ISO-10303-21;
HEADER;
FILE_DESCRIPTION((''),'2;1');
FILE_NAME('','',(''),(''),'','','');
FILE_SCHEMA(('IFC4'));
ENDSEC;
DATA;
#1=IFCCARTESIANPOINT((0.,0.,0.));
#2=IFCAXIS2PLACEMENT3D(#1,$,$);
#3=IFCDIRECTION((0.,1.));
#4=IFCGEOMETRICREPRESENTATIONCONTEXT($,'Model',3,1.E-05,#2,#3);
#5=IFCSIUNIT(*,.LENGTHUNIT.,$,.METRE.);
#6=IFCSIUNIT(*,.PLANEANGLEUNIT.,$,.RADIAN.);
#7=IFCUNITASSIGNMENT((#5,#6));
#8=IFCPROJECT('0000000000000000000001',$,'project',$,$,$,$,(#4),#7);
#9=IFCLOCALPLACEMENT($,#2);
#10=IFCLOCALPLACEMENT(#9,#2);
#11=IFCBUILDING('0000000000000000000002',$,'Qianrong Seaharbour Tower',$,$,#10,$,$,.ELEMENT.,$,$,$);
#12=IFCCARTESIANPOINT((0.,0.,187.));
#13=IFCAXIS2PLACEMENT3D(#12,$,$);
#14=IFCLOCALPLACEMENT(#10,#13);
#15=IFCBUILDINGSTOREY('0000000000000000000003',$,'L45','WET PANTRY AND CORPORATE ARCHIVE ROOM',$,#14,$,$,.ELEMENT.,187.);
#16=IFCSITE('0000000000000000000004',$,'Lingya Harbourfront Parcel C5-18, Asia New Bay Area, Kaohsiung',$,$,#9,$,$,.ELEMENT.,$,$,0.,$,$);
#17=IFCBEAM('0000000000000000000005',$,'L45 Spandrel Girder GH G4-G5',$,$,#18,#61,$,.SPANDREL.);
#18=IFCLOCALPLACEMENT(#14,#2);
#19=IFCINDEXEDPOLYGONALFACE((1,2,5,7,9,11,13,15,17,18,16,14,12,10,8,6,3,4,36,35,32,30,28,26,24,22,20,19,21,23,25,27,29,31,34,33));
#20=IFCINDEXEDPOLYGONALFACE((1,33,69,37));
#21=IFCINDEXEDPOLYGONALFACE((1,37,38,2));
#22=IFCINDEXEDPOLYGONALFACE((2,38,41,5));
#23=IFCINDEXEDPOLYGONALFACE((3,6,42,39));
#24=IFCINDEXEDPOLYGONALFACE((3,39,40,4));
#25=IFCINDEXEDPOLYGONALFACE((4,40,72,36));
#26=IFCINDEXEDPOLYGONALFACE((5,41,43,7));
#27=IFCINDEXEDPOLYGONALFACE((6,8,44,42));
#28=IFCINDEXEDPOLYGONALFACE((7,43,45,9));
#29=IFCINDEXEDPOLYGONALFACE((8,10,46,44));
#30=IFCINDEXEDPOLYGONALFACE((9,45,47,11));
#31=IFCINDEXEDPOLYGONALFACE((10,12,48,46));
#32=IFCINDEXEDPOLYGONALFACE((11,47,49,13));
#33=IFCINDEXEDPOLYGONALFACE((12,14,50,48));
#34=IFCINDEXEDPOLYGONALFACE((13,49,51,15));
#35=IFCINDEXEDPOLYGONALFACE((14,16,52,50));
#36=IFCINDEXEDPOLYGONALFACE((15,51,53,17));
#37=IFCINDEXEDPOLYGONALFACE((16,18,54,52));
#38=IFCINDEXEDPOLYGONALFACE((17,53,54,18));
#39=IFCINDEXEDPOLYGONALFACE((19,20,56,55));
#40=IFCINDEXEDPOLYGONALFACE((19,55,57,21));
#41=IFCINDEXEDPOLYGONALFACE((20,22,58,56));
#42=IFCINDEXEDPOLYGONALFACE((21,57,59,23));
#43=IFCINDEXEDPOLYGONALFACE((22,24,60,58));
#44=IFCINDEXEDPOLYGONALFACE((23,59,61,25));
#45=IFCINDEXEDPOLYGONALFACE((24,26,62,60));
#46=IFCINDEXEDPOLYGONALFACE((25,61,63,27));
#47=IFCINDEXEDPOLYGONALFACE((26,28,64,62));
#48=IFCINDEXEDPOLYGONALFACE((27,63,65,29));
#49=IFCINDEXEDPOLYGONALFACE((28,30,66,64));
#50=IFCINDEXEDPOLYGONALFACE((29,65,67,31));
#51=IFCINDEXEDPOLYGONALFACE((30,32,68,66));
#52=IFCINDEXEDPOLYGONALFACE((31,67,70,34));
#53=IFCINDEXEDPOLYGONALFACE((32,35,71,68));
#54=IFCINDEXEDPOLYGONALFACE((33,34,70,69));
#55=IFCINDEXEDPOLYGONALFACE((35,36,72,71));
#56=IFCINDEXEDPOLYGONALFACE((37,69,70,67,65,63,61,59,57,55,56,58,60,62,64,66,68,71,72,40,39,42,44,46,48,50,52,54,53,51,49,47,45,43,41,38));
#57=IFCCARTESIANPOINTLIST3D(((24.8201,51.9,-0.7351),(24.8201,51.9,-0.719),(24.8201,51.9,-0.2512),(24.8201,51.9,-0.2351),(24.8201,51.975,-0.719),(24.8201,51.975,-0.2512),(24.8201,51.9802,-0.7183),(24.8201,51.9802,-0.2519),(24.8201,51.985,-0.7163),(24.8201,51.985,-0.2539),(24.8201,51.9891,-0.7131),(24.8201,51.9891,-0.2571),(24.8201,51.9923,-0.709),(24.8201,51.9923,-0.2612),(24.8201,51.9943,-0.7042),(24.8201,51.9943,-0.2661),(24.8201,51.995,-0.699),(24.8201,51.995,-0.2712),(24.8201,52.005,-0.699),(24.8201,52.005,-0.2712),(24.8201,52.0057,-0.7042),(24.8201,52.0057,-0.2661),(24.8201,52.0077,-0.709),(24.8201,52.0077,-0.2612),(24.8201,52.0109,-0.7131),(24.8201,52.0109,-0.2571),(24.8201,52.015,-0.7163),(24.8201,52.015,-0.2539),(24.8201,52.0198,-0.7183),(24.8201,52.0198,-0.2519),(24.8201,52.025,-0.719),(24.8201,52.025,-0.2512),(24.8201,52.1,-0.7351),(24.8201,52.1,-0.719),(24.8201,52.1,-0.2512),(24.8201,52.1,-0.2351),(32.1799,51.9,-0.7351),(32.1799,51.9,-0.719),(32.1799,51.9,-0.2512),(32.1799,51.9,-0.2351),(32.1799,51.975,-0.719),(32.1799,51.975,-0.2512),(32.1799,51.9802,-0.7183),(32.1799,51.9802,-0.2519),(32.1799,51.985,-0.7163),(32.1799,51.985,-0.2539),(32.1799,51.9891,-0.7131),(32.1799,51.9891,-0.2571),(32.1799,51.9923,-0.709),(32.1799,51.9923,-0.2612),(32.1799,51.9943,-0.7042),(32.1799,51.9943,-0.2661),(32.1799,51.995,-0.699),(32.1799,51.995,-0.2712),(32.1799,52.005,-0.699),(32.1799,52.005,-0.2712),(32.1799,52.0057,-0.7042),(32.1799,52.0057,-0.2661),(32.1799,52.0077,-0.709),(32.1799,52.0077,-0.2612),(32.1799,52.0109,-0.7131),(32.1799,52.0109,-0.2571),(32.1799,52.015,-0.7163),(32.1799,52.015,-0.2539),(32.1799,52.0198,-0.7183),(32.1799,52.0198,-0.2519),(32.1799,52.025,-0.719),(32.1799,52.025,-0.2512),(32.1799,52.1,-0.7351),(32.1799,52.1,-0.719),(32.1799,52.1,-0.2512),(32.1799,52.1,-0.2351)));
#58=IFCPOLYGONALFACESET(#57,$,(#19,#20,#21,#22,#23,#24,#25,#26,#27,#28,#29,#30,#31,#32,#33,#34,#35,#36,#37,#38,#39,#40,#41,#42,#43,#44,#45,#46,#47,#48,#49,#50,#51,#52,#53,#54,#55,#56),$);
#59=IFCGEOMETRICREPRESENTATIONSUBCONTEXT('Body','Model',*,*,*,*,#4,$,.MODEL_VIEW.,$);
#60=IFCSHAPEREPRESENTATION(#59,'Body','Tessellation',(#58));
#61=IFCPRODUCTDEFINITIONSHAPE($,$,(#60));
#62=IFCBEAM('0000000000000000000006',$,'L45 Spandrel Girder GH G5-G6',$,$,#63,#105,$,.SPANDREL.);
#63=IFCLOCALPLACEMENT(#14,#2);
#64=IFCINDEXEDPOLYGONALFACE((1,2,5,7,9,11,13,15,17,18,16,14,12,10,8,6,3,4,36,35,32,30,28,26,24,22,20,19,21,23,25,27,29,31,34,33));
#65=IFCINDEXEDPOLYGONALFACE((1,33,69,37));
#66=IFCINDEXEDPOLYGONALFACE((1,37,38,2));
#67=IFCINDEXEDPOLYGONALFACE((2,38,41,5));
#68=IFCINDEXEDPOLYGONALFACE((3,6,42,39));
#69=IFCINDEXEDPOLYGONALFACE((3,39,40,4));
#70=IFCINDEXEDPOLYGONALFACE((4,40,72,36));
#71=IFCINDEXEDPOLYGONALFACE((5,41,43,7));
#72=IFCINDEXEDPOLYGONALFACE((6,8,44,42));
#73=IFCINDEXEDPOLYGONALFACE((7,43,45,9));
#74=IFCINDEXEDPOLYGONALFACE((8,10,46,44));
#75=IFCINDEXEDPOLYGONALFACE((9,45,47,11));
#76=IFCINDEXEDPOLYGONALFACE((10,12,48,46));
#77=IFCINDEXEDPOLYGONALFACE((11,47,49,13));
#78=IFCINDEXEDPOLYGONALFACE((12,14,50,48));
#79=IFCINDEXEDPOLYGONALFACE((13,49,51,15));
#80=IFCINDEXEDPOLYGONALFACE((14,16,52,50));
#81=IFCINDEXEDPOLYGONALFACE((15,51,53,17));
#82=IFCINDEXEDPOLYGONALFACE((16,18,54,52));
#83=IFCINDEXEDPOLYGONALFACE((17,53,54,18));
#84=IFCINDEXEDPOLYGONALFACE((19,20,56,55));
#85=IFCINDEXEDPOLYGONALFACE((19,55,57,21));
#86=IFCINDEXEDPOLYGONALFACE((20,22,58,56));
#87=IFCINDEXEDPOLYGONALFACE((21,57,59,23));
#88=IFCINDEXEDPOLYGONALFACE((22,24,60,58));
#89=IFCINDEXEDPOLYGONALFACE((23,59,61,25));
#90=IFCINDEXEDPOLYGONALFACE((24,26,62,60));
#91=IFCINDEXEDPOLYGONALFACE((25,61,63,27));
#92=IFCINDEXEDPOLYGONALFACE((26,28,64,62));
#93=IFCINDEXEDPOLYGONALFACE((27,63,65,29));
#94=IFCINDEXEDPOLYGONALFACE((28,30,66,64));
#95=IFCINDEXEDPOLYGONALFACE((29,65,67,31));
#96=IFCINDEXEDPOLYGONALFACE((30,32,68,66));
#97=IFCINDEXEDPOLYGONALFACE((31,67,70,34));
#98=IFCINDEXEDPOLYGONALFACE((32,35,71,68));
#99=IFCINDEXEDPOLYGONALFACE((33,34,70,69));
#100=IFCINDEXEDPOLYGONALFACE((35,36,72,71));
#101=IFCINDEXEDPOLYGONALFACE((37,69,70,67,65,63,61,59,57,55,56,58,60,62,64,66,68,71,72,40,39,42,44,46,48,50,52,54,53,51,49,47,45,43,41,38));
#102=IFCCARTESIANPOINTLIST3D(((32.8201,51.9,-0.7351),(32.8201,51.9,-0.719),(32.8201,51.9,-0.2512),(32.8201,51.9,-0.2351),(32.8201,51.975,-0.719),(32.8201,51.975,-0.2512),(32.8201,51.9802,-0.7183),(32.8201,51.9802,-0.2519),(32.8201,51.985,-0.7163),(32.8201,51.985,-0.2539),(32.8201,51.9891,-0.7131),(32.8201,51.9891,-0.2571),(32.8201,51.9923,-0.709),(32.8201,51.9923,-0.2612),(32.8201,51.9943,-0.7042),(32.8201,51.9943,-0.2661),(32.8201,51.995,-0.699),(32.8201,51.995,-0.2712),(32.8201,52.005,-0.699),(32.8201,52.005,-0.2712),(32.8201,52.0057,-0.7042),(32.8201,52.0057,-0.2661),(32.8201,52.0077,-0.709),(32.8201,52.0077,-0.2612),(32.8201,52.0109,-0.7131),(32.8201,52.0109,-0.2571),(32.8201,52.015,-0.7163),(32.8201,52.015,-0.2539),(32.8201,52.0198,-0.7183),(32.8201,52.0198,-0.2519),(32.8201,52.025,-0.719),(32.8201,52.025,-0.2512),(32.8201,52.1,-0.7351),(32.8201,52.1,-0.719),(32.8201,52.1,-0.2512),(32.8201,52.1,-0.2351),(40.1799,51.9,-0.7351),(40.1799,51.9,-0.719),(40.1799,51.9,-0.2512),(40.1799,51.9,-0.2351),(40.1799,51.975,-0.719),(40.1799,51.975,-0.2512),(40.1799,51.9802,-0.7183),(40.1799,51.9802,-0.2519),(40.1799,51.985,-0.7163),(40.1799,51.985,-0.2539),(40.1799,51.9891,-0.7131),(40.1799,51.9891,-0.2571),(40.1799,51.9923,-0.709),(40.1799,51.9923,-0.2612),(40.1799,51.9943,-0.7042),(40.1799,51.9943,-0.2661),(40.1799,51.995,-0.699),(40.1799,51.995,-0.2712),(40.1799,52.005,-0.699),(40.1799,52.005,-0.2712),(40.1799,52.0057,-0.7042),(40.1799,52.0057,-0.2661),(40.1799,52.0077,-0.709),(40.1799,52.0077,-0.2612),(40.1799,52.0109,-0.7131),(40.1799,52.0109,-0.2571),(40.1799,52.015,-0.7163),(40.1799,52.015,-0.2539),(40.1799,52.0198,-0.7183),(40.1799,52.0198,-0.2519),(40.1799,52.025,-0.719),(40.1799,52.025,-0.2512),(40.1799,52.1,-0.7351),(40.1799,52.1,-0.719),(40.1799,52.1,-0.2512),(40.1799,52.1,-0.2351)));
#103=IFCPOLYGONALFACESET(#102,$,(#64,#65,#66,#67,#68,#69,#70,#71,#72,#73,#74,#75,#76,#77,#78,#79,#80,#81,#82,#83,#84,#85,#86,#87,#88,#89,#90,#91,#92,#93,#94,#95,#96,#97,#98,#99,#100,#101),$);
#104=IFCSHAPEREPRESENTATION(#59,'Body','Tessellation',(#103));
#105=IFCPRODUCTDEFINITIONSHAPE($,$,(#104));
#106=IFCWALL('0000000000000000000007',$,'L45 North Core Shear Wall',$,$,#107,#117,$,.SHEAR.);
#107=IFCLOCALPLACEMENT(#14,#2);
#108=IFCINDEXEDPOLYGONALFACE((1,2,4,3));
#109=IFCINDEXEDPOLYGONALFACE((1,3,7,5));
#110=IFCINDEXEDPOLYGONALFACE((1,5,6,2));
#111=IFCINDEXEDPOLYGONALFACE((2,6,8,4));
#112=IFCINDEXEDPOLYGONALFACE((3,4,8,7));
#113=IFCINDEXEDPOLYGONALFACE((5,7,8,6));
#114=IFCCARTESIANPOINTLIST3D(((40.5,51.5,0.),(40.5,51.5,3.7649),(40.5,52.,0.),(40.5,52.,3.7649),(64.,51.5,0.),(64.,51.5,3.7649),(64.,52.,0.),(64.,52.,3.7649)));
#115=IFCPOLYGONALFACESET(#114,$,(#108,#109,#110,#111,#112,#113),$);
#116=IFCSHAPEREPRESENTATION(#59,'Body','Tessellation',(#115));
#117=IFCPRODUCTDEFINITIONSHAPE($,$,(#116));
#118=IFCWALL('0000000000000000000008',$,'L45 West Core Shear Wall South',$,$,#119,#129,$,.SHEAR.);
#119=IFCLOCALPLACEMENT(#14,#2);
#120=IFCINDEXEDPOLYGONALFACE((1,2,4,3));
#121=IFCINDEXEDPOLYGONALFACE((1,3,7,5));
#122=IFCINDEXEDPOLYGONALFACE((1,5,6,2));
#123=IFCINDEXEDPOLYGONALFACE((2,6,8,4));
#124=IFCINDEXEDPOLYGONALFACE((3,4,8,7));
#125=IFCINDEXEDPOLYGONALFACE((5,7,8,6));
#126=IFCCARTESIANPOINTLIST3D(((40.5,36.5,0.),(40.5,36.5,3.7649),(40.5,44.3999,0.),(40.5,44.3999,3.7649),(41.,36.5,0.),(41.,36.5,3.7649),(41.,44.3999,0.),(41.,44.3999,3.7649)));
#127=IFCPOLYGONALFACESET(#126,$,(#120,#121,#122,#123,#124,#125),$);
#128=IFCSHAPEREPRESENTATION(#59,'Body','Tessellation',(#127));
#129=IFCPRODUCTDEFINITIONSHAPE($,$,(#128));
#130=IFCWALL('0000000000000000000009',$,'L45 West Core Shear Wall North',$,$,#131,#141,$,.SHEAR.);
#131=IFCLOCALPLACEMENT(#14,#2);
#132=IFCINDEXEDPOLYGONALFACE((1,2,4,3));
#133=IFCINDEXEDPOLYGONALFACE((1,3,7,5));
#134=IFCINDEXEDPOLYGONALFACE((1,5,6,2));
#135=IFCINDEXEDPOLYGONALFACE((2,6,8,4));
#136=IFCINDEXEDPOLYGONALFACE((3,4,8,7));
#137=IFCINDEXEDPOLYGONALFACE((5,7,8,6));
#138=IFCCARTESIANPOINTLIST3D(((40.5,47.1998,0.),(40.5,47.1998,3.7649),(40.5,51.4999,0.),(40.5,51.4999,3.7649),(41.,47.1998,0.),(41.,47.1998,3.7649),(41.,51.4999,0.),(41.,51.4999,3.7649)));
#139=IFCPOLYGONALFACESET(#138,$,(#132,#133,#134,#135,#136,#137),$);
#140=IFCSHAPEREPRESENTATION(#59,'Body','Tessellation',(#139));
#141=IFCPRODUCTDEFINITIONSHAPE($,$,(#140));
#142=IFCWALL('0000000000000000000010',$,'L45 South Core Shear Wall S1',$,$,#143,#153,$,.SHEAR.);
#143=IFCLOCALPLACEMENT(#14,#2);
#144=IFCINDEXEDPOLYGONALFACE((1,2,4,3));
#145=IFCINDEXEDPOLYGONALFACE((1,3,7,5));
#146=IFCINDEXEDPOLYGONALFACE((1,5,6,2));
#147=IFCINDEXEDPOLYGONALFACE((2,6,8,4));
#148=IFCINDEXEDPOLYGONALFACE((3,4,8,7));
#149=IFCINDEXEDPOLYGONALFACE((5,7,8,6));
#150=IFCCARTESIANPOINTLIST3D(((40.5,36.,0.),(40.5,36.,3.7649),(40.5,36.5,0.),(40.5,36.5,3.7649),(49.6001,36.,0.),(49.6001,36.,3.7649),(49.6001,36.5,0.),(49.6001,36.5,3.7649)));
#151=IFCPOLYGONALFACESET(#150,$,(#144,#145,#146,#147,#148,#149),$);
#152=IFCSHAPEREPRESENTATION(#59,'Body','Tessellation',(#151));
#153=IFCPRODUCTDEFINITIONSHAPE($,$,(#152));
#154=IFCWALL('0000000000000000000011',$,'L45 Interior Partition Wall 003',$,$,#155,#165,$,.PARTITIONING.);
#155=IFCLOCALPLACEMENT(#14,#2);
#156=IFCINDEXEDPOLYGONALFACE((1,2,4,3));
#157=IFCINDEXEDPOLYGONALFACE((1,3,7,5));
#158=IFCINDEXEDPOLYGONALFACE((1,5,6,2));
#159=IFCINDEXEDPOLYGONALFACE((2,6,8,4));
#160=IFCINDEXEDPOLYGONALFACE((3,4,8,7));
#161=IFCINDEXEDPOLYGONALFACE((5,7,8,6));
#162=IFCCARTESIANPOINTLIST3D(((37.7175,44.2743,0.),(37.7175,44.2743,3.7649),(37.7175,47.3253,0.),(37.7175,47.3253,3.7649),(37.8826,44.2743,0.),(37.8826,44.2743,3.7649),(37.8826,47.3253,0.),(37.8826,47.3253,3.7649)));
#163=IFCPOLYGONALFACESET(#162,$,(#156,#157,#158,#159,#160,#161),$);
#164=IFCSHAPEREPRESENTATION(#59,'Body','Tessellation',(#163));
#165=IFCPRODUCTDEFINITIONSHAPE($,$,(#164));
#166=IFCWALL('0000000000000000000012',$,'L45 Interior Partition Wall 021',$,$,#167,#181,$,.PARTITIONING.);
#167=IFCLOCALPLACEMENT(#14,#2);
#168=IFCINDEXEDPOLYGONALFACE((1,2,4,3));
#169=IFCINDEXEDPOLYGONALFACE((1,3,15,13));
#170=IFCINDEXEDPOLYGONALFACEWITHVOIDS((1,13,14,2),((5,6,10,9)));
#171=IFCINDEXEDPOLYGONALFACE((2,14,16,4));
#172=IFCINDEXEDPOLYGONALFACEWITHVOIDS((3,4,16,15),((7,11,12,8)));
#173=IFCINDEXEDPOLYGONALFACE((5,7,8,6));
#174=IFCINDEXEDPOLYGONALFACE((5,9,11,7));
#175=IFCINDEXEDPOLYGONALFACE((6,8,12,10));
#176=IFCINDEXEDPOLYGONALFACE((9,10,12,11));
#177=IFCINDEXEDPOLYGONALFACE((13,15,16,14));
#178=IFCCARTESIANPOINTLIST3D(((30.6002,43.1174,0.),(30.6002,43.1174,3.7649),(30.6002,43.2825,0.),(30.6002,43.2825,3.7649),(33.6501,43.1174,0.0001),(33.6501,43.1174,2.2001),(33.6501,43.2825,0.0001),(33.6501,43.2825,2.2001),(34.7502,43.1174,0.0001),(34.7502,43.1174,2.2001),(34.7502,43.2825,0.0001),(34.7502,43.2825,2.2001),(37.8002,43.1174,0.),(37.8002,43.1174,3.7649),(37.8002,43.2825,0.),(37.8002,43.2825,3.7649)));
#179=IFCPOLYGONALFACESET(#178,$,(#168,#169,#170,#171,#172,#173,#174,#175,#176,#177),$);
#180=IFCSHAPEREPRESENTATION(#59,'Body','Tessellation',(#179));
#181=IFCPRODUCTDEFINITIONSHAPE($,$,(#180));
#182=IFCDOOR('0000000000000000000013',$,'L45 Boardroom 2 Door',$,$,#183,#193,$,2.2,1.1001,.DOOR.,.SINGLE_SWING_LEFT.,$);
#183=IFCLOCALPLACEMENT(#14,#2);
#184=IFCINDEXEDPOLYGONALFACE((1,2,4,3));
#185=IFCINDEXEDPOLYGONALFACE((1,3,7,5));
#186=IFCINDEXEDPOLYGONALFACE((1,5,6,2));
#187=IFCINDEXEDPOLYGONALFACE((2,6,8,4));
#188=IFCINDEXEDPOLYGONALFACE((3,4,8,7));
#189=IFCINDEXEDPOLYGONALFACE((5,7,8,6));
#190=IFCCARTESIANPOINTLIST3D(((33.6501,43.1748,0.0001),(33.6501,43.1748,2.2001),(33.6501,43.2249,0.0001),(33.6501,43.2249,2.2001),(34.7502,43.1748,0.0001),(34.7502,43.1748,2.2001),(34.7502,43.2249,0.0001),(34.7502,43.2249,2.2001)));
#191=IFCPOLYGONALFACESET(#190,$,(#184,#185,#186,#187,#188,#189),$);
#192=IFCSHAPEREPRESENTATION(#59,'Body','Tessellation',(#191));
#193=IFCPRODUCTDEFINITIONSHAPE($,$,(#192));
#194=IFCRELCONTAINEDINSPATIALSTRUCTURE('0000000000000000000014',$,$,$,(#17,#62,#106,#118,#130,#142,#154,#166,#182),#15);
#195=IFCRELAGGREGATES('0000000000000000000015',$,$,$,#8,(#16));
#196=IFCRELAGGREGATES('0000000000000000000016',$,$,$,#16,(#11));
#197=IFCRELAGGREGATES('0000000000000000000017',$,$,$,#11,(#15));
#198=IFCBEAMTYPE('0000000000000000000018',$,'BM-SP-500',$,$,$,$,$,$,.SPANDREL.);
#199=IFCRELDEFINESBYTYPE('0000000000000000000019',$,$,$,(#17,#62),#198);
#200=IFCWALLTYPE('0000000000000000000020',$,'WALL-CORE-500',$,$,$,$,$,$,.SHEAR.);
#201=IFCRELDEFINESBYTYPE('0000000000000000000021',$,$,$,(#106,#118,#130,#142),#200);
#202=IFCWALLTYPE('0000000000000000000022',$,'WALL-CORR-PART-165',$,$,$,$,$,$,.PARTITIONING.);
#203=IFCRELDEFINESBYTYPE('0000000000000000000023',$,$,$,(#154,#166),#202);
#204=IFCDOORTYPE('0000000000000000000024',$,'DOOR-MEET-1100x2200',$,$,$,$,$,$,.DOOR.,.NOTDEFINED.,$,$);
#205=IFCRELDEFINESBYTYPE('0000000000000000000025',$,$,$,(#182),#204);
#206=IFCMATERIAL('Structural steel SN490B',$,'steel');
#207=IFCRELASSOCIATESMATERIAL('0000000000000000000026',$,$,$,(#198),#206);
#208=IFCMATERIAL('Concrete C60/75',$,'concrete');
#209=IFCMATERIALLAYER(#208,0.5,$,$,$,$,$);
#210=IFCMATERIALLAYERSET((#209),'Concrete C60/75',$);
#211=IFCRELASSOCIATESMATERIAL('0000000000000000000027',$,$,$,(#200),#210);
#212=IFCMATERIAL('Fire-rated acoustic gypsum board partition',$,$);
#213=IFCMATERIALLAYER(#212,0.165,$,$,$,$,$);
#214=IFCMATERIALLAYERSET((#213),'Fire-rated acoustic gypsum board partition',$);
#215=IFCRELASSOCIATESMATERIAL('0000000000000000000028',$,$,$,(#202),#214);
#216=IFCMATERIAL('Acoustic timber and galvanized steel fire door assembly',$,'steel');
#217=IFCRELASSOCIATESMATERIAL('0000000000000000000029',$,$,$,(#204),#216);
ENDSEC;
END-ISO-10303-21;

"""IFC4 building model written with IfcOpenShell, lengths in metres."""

from ifc_helpers import new_model, si_unit, direction, frame, frame_2d, origin, origin_2d, place, context, subcontext, project, spatial, rectangle, i_section, extrude, material, layer, layer_set, material_profile, profile_set, type_object, element, fill, save


model = new_model("IFC4")

# Units and contexts
model_context = context("Model", 3, precision=1e-05, world=origin(), true_north=direction((0.0, 1.0)))
body_context = subcontext(model_context, "Body", "Model", "MODEL_VIEW")
ifc_project = project(units=[si_unit("LENGTHUNIT", "METRE"), si_unit("PLANEANGLEUNIT", "RADIAN")], contexts=[model_context])

# Site, building, storey
site_placement = place(None, origin())
site = spatial("IfcSite", under=ifc_project, at=site_placement, Name="Lingya Harbourfront Parcel C5-18, Asia New Bay Area, Kaohsiung", CompositionType="ELEMENT", RefElevation=0.0)
building_placement = place(site_placement, origin())
building = spatial("IfcBuilding", under=site, at=building_placement, Name="Qianrong Seaharbour Tower", CompositionType="ELEMENT")
storey_placement = place(building_placement, frame((0.0, 0.0, 187.0)))
storey = spatial("IfcBuildingStorey", under=building, at=storey_placement, Name="L45", Description="WET PANTRY AND CORPORATE ARCHIVE ROOM", CompositionType="ELEMENT", Elevation=187.0)

# Shared definitions
ifc_material_1 = material(Name="Structural steel SN490B", Category="steel")

# Beams
ifc_material_profile_1 = material_profile(ifc_material_1, i_section(OverallWidth=0.2, OverallDepth=0.5, WebThickness=0.01, FlangeThickness=0.0161, FilletRadius=0.02, at=origin_2d()), Name="H500x200x10x16")
ifc_profile_set_1 = profile_set([ifc_material_profile_1], Name="Structural steel SN490B")
beam_type_1 = type_object("IfcBeamType", Name="BM-SP-500", PredefinedType="SPANDREL", material=ifc_profile_set_1)
for number, where, z_axis, x_axis, name in (
    (1, (24.8201, 52.0, -0.4851), (1.0, 0.0, 0.0), (0.0, 1.0, 0.0), "L45 Spandrel Girder GH G4-G5"),
    (2, (32.8201, 52.0, -0.4851), (1.0, 0.0, 0.0), (0.0, 1.0, 0.0), "L45 Spandrel Girder GH G5-G6"),
):
    element("IfcBeam", number, at=place(storey_placement, frame(where, z_axis=z_axis, x_axis=x_axis)), inside=storey, type_object=beam_type_1, Name=name, PredefinedType="SPANDREL", context=body_context, shape_type="SweptSolid", body=[
        extrude(i_section(OverallWidth=0.2, OverallDepth=0.5, WebThickness=0.01, FlangeThickness=0.0161, FilletRadius=0.02, at=origin_2d()), origin(), (0.0, 0.0, 1.0), 7.3599),
    ])

# Walls
ifc_material_2 = material(Name="Concrete C60/75", Category="concrete")
ifc_layer_1 = layer(ifc_material_2, 0.5)
ifc_layer_set_1 = layer_set([ifc_layer_1], Name="Concrete C60/75")
wall_type_1 = type_object("IfcWallType", Name="WALL-CORE-500", PredefinedType="SHEAR", material=ifc_layer_set_1)
wall_1_placement = place(storey_placement, frame((40.5, 51.75, 0.0), z_axis=(0.0, 0.0, 1.0), x_axis=(1.0, 0.0, 0.0)))
element("IfcWall", 3, at=wall_1_placement, inside=storey, type_object=wall_type_1, Name="L45 North Core Shear Wall", PredefinedType="SHEAR", context=body_context, shape_type="SweptSolid", body=[
    extrude(rectangle(XDim=23.5, YDim=0.5, at=frame_2d((11.75, 0.0))), origin(), (0.0, 0.0, 1.0), 3.7649),
])
wall_2_placement = place(storey_placement, frame((40.75, 36.5, 0.0), z_axis=(0.0, 0.0, 1.0), x_axis=(0.0, 1.0, 0.0)))
element("IfcWall", 4, at=wall_2_placement, inside=storey, type_object=wall_type_1, Name="L45 West Core Shear Wall South", PredefinedType="SHEAR", context=body_context, shape_type="SweptSolid", body=[
    extrude(rectangle(XDim=7.8999, YDim=0.5, at=frame_2d((3.95, 0.0))), origin(), (0.0, 0.0, 1.0), 3.7649),
])
wall_3_placement = place(storey_placement, frame((40.75, 47.2, 0.0), z_axis=(0.0, 0.0, 1.0), x_axis=(0.0, 1.0, 0.0)))
element("IfcWall", 5, at=wall_3_placement, inside=storey, type_object=wall_type_1, Name="L45 West Core Shear Wall North", PredefinedType="SHEAR", context=body_context, shape_type="SweptSolid", body=[
    extrude(rectangle(XDim=4.3, YDim=0.5, at=frame_2d((2.1499, 0.0))), origin(), (0.0, 0.0, 1.0), 3.7649),
])
wall_4_placement = place(storey_placement, frame((40.5, 36.25, 0.0), z_axis=(0.0, 0.0, 1.0), x_axis=(1.0, 0.0, 0.0)))
element("IfcWall", 6, at=wall_4_placement, inside=storey, type_object=wall_type_1, Name="L45 South Core Shear Wall S1", PredefinedType="SHEAR", context=body_context, shape_type="SweptSolid", body=[
    extrude(rectangle(XDim=9.1001, YDim=0.5, at=frame_2d((4.55, 0.0))), origin(), (0.0, 0.0, 1.0), 3.7649),
])

# Shared definitions
ifc_material_3 = material(Name="Fire-rated acoustic gypsum board partition")
ifc_layer_2 = layer(ifc_material_3, 0.165)
ifc_layer_set_2 = layer_set([ifc_layer_2], Name="Fire-rated acoustic gypsum board partition")
wall_type_2 = type_object("IfcWallType", Name="WALL-CORR-PART-165", PredefinedType="PARTITIONING", material=ifc_layer_set_2)
ifc_material_4 = material(Name="Acoustic timber and galvanized steel fire door assembly", Category="steel")

# Wall
wall_5_placement = place(storey_placement, frame((37.8, 44.2744, 0.0), z_axis=(0.0, 0.0, 1.0), x_axis=(0.0, 1.0, 0.0)))
element("IfcWall", 7, at=wall_5_placement, inside=storey, type_object=wall_type_2, Name="L45 Interior Partition Wall 003", PredefinedType="PARTITIONING", context=body_context, shape_type="SweptSolid", body=[
    extrude(rectangle(XDim=3.051, YDim=0.165, at=frame_2d((1.5254, 0.0))), origin(), (0.0, 0.0, 1.0), 3.7649),
])

# Wall, opening, door
wall_6_placement = place(storey_placement, frame((30.6001, 43.2, 0.0), z_axis=(0.0, 0.0, 1.0), x_axis=(1.0, 0.0, 0.0)))
wall_6 = element("IfcWall", 8, at=wall_6_placement, inside=storey, type_object=wall_type_2, Name="L45 Interior Partition Wall 021", PredefinedType="PARTITIONING", context=body_context, shape_type="SweptSolid", body=[
    extrude(rectangle(XDim=7.2, YDim=0.165, at=frame_2d((3.6001, 0.0))), origin(), (0.0, 0.0, 1.0), 3.7649),
])
opening_1_placement = place(wall_6_placement, frame((3.05, 0.0, 0.0)))
opening_1 = element("IfcOpeningElement", 9, at=opening_1_placement, cuts=wall_6, PredefinedType="OPENING", context=body_context, shape_type="SweptSolid", body=[
    extrude(rectangle(XDim=1.1001, YDim=2.2, at=frame_2d((0.55, 1.1001))), frame((0.0, 0.0925, 0.0), z_axis=(0.0, -1.0, 0.0), x_axis=(1.0, 0.0, 0.0)), (0.0, 0.0, 1.0), 0.1851),
])
door_type_1 = type_object("IfcDoorType", Name="DOOR-MEET-1100x2200", OperationType="NOTDEFINED", PredefinedType="DOOR", material=ifc_material_4)
door_1_placement = place(opening_1_placement, origin())
door_1 = element("IfcDoor", 10, at=door_1_placement, inside=storey, type_object=door_type_1, Name="L45 Boardroom 2 Door", OperationType="SINGLE_SWING_LEFT", OverallHeight=2.2, OverallWidth=1.1001, PredefinedType="DOOR", context=body_context, shape_type="SweptSolid", body=[
    extrude(rectangle(XDim=1.1001, YDim=2.2, at=frame_2d((0.55, 1.1001))), frame((0.0, 0.0249, 0.0), z_axis=(0.0, -1.0, 0.0), x_axis=(1.0, 0.0, 0.0)), (0.0, 0.0, 1.0), 0.05),
])
fill(opening_1, door_1)

save(model, "model.ifc")
